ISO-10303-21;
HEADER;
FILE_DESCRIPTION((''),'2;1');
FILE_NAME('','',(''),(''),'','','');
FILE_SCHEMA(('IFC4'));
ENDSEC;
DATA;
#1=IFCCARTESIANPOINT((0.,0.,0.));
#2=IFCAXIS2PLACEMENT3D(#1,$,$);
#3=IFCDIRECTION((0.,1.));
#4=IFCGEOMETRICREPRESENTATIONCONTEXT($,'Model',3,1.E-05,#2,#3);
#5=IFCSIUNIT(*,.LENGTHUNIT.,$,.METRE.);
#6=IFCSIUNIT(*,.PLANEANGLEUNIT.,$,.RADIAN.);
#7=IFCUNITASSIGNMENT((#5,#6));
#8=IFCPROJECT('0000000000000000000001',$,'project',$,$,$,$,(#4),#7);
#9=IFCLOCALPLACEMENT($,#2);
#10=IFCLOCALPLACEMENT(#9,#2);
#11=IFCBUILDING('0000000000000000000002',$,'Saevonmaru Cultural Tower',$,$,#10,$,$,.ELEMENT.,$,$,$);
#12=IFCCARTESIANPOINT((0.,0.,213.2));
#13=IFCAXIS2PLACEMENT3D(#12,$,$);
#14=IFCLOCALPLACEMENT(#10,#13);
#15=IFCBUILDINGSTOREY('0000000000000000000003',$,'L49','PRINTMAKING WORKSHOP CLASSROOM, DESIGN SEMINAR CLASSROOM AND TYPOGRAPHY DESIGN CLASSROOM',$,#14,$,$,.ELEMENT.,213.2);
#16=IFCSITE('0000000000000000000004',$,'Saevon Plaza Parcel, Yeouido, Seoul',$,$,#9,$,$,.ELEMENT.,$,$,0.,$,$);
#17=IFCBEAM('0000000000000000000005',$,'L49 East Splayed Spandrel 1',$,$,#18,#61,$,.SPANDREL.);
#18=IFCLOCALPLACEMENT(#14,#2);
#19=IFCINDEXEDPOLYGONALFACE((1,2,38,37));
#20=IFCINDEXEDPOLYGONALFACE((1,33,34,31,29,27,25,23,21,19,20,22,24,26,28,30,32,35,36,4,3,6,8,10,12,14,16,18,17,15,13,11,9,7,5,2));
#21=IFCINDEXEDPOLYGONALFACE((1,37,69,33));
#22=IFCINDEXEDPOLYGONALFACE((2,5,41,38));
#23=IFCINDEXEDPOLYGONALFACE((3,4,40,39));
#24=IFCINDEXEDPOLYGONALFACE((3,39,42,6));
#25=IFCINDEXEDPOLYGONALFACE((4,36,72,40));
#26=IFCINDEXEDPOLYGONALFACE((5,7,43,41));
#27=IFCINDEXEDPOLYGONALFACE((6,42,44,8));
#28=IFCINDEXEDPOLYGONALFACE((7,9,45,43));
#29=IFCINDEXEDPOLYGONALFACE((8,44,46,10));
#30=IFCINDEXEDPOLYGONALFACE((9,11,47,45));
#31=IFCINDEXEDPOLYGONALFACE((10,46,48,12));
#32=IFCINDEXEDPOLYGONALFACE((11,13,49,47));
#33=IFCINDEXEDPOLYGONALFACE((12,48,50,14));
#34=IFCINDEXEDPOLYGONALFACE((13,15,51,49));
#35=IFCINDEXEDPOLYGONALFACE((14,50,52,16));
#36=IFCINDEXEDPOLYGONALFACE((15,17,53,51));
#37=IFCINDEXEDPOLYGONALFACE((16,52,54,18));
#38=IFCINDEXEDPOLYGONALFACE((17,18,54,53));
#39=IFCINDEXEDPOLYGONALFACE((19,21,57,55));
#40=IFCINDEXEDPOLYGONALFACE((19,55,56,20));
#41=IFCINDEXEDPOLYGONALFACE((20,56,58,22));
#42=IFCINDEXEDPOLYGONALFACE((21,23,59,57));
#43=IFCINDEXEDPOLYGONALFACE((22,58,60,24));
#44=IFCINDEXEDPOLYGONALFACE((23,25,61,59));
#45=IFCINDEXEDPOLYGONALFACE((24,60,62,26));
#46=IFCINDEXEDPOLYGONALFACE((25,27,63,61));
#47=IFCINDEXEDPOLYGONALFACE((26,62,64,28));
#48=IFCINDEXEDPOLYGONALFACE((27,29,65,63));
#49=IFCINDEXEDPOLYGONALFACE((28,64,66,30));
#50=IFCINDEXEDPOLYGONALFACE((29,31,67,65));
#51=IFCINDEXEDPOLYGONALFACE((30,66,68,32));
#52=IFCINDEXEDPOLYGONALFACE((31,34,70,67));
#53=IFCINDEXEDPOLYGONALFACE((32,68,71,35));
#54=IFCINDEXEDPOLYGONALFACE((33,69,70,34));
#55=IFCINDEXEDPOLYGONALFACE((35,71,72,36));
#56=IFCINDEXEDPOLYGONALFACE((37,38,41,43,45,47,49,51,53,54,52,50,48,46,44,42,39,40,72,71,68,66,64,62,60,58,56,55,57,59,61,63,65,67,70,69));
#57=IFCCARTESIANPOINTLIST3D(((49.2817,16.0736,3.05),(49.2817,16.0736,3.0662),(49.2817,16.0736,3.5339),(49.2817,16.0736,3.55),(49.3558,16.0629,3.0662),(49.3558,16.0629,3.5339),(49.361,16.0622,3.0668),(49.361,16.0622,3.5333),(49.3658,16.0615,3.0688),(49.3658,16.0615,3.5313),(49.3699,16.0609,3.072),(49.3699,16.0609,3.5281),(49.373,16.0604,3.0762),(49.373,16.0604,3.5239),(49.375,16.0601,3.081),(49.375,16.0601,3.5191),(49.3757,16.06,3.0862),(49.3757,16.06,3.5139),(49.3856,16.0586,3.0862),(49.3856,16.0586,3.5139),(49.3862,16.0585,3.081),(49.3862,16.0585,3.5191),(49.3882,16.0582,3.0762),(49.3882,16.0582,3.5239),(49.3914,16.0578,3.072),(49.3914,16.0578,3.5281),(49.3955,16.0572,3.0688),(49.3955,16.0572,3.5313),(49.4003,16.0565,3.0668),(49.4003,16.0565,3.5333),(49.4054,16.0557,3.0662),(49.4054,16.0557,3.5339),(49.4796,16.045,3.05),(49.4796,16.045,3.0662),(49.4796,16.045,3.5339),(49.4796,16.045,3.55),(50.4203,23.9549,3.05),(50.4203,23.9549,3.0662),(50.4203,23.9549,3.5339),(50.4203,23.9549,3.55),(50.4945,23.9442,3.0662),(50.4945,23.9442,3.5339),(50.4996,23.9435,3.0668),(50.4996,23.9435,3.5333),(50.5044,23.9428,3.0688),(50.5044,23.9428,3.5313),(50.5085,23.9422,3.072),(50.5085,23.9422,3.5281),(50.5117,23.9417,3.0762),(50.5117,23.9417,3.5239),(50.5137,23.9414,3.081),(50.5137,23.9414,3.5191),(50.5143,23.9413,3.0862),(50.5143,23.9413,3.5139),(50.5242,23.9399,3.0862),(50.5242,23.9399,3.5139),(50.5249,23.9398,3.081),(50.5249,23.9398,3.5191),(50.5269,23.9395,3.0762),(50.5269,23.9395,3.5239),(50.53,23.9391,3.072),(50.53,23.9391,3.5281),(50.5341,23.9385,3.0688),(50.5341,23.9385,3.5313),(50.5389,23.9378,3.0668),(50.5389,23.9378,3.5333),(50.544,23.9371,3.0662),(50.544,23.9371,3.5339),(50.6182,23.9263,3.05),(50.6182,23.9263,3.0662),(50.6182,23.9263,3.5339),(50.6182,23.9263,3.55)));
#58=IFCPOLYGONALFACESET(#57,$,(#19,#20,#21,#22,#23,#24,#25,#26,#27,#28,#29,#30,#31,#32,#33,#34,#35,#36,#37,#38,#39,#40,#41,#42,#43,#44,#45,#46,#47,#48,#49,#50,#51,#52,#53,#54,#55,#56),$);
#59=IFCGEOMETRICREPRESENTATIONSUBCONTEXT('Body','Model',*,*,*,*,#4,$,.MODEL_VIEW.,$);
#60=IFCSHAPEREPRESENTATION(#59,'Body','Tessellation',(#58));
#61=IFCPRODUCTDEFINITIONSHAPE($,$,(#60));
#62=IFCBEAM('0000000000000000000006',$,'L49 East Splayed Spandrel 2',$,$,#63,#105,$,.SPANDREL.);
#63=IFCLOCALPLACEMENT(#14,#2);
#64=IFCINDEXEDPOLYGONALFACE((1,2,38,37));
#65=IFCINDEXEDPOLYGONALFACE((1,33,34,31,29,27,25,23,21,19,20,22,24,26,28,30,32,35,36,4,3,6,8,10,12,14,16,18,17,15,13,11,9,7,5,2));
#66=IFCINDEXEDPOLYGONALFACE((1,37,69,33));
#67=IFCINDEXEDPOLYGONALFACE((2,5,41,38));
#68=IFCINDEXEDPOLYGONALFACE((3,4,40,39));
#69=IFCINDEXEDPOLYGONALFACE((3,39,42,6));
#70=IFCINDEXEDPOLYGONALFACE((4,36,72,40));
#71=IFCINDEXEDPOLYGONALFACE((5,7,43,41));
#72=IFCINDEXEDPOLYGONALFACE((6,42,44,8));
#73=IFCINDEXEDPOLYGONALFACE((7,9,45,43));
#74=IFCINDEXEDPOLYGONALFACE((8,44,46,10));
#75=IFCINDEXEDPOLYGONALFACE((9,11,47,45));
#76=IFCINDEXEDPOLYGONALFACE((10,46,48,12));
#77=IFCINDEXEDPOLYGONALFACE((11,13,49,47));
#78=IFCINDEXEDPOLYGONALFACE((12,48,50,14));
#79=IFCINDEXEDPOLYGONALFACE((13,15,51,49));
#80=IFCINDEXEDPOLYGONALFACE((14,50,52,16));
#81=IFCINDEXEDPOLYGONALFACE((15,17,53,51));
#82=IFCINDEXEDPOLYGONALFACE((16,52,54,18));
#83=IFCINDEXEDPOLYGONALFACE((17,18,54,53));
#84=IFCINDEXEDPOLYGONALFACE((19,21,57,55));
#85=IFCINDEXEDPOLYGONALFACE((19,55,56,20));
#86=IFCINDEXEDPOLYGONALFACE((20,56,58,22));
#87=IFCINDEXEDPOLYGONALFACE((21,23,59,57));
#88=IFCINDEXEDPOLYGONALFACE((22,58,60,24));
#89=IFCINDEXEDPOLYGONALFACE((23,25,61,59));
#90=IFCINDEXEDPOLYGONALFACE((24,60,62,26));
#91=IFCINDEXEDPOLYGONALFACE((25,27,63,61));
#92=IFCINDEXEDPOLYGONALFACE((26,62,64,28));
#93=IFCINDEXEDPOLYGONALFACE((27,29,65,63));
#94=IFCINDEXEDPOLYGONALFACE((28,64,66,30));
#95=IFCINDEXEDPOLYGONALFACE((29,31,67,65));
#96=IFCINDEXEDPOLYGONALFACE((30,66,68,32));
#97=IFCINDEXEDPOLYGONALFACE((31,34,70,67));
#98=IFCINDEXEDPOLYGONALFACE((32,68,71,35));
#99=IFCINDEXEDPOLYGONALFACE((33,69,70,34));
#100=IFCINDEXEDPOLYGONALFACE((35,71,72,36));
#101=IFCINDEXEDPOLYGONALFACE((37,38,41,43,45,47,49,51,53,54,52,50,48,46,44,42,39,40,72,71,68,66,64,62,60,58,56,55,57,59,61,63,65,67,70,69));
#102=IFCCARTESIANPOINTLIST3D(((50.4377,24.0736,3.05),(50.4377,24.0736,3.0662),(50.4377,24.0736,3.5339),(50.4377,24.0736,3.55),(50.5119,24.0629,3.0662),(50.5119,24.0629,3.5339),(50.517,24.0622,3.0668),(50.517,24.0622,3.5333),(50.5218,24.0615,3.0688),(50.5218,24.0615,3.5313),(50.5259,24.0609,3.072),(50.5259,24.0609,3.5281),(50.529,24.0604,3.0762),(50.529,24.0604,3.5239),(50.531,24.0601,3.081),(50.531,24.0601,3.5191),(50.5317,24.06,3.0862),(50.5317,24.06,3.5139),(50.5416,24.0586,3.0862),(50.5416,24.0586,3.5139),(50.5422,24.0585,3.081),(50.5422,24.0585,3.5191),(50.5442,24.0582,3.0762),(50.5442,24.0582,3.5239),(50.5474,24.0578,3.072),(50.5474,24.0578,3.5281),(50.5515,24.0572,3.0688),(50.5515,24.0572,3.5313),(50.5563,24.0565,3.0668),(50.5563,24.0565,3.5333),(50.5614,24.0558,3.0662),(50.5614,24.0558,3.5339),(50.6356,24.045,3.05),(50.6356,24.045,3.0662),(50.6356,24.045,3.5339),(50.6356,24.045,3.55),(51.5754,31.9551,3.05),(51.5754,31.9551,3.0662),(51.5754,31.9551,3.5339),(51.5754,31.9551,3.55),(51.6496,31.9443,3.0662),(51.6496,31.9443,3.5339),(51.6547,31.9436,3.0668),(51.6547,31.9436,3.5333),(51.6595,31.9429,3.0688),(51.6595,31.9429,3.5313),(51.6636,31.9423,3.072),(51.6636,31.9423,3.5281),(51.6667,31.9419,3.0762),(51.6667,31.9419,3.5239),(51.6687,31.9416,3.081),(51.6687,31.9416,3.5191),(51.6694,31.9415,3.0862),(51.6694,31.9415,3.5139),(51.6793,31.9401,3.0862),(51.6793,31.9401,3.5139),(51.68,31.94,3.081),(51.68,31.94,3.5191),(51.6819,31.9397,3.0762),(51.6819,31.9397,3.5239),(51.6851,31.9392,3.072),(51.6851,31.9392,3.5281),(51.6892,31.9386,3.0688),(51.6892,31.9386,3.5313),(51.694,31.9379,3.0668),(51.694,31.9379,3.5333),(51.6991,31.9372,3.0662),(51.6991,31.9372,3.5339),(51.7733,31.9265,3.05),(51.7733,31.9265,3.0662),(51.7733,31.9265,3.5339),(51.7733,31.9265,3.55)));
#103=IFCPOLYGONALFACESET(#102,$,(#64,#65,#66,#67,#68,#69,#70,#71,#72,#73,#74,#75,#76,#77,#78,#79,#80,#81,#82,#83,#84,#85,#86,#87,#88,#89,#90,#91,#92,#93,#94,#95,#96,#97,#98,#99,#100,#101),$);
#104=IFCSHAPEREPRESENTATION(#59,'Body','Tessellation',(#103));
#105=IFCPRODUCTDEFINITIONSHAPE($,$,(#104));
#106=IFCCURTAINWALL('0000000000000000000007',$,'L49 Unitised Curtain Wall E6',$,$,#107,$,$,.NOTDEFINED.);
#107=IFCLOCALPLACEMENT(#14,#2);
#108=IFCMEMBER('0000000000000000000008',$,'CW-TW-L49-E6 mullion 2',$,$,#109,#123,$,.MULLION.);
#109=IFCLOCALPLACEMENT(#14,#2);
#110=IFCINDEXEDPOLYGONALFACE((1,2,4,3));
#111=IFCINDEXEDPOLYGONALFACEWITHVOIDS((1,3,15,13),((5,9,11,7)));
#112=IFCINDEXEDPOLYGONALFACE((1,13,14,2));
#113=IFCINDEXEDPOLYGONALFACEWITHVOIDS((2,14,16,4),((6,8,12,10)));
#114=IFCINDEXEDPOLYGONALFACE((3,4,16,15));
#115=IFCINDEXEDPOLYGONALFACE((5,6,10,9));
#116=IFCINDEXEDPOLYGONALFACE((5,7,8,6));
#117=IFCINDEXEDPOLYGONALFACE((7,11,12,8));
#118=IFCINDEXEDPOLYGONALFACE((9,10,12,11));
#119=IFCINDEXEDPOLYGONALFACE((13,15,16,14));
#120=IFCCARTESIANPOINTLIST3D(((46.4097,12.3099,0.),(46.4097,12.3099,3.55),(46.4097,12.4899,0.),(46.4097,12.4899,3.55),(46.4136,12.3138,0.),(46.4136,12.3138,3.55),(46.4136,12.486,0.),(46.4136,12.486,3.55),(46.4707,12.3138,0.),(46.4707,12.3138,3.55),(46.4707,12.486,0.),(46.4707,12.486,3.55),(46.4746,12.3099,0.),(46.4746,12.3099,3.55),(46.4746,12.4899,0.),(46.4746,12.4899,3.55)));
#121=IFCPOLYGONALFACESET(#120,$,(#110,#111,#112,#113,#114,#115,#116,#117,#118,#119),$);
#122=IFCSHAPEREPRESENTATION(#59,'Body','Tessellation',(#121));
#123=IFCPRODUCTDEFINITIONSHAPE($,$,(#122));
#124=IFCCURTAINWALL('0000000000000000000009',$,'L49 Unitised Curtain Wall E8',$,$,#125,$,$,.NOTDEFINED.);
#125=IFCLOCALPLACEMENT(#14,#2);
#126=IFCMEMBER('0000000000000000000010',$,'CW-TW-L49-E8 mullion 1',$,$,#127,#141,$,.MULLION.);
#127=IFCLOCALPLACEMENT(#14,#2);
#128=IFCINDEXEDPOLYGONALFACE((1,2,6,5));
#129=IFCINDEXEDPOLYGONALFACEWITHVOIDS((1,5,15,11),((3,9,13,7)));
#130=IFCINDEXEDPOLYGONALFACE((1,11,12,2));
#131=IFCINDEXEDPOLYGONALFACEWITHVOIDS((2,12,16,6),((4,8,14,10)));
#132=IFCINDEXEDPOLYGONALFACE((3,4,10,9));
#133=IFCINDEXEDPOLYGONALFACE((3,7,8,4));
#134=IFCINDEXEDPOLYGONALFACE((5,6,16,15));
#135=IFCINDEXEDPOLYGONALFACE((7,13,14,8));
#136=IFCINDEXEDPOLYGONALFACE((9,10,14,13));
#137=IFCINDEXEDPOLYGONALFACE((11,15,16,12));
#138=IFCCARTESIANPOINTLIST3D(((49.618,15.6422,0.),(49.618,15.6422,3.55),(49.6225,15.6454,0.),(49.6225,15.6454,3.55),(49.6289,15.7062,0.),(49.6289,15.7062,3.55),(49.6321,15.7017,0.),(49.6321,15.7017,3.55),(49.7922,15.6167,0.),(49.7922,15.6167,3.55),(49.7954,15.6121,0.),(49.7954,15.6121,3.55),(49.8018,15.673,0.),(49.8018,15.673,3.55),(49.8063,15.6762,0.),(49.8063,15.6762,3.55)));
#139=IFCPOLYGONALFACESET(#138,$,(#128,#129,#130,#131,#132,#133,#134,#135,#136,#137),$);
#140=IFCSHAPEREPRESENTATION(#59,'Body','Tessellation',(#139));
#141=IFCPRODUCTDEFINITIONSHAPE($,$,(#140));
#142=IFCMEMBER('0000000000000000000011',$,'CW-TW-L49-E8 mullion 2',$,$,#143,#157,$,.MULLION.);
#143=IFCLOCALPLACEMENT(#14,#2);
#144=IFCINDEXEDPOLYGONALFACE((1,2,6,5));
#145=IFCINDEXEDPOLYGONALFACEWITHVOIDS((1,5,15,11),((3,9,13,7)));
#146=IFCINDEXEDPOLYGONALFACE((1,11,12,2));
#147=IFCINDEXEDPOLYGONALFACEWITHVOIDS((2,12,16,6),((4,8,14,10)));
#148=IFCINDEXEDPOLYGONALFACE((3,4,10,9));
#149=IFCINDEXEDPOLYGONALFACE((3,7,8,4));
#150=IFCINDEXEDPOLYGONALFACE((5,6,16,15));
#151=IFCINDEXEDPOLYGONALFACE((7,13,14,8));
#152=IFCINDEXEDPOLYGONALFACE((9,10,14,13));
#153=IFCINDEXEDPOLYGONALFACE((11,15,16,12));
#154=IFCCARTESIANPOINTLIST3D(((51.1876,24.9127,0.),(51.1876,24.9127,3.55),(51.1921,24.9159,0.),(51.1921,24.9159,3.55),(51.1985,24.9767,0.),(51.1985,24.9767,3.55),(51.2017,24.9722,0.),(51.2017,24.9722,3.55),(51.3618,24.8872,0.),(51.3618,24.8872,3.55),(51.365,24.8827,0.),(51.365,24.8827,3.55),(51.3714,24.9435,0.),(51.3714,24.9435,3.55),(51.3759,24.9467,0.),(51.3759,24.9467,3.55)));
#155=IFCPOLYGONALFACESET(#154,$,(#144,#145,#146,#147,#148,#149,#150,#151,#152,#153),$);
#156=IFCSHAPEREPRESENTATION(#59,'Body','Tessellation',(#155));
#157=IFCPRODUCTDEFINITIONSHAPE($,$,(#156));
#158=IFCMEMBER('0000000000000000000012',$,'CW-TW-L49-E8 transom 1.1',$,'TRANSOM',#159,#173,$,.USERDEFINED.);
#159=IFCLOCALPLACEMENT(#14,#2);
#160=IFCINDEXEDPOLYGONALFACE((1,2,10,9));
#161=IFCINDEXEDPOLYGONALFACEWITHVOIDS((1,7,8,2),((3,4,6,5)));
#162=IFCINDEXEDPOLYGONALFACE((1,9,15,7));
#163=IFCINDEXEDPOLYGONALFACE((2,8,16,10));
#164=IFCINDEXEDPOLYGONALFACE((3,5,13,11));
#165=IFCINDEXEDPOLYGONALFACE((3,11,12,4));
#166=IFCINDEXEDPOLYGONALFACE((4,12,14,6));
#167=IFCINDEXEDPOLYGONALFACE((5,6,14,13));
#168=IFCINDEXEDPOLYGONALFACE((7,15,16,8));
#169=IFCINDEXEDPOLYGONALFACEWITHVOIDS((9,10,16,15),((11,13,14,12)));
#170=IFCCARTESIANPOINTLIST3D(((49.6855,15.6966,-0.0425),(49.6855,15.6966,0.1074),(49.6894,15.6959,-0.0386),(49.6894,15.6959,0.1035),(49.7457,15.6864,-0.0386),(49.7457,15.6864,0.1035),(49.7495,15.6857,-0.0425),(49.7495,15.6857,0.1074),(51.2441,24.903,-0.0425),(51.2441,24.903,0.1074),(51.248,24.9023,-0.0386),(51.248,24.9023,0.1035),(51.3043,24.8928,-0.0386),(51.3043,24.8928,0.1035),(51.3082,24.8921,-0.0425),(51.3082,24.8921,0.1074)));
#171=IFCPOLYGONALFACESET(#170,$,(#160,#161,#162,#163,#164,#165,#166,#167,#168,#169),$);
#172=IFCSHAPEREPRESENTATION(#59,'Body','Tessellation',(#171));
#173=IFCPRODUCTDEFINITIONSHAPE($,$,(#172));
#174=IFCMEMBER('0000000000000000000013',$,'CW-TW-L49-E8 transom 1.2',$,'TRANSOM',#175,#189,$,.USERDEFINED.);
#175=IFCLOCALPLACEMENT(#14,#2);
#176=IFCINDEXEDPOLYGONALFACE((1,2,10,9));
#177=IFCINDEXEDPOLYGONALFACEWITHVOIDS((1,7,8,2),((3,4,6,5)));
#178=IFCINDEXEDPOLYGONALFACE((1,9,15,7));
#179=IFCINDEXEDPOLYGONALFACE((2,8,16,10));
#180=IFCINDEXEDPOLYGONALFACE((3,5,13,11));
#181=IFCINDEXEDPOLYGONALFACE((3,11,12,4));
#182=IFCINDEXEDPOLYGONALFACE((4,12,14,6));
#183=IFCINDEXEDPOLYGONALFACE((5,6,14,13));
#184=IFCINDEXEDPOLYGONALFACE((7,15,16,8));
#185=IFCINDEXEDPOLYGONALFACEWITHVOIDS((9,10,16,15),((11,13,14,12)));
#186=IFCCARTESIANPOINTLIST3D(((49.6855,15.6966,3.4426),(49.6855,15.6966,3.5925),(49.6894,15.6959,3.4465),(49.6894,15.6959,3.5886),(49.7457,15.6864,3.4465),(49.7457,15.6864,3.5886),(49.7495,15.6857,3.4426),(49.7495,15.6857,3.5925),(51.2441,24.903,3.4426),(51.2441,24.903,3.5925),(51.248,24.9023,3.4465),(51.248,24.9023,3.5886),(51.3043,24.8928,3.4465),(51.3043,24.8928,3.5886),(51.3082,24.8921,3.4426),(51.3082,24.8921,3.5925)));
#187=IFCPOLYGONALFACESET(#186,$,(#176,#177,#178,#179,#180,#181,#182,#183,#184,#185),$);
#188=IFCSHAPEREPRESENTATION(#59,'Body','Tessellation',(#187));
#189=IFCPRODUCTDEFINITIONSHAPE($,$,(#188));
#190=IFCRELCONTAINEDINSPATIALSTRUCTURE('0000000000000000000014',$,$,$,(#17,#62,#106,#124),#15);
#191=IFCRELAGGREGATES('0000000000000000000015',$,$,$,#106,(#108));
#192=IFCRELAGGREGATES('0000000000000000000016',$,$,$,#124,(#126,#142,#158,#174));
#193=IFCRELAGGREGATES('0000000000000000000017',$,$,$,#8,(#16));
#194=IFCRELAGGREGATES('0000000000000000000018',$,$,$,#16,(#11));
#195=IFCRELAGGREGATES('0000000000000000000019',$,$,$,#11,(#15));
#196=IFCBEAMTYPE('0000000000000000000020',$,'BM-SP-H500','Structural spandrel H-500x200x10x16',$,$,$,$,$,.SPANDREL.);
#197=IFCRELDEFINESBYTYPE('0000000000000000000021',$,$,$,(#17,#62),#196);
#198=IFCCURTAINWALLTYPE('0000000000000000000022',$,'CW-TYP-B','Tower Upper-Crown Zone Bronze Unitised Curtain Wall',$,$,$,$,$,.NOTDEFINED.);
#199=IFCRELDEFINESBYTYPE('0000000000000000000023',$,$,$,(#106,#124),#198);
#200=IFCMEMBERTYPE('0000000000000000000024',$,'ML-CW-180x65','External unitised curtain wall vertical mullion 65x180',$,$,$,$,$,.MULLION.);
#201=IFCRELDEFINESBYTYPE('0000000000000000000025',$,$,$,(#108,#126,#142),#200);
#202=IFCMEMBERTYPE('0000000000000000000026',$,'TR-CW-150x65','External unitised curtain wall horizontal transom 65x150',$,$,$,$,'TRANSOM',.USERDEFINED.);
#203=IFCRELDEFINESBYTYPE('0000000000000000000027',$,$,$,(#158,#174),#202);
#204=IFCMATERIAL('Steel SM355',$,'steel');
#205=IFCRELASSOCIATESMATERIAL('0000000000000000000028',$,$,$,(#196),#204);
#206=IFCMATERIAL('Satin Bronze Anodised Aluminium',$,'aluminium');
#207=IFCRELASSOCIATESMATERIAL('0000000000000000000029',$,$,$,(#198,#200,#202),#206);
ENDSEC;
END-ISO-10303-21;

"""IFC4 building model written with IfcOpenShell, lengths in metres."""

from ifc_helpers import new_model, si_unit, direction, frame, origin, origin_2d, place, context, subcontext, project, spatial, hollow_rectangle, i_section, extrude, material, material_profile, profile_set, type_object, element, aggregate, save


model = new_model("IFC4")

# Units and contexts
model_context = context("Model", 3, precision=1e-05, world=origin(), true_north=direction((0.0, 1.0)))
body_context = subcontext(model_context, "Body", "Model", "MODEL_VIEW")
ifc_project = project(units=[si_unit("LENGTHUNIT", "METRE"), si_unit("PLANEANGLEUNIT", "RADIAN")], contexts=[model_context])

# Site, building, storey
site_placement = place(None, origin())
site = spatial("IfcSite", under=ifc_project, at=site_placement, Name="Saevon Plaza Parcel, Yeouido, Seoul", CompositionType="ELEMENT", RefElevation=0.0)
building_placement = place(site_placement, origin())
building = spatial("IfcBuilding", under=site, at=building_placement, Name="Saevonmaru Cultural Tower", CompositionType="ELEMENT")
storey_placement = place(building_placement, frame((0.0, 0.0, 213.2)))
storey = spatial("IfcBuildingStorey", under=building, at=storey_placement, Name="L49", Description="PRINTMAKING WORKSHOP CLASSROOM, DESIGN SEMINAR CLASSROOM AND TYPOGRAPHY DESIGN CLASSROOM", CompositionType="ELEMENT", Elevation=213.2)

# Shared definitions
ifc_material_1 = material(Name="Steel SM355", Category="steel")

# Beams
ifc_material_profile_1 = material_profile(ifc_material_1, i_section(OverallWidth=0.2, OverallDepth=0.5, WebThickness=0.01, FlangeThickness=0.0161, FilletRadius=0.02, at=origin_2d()), Name="H-500x200x10x16")
ifc_profile_set_1 = profile_set([ifc_material_profile_1], Name="Steel SM355")
beam_type_1 = type_object("IfcBeamType", Name="BM-SP-H500", Description="Structural spandrel H-500x200x10x16", PredefinedType="SPANDREL", material=ifc_profile_set_1)
for number, where, z_axis, x_axis, name in (
    (1, (49.3806, 16.0593, 3.3), (0.142992, 0.989724, 0.0), (-0.989724, 0.142992, 0.0), "L49 East Splayed Spandrel 1"),
    (2, (50.5366, 24.0593, 3.3), (0.142872, 0.989741, 0.0), (-0.989741, 0.142872, 0.0), "L49 East Splayed Spandrel 2"),
):
    element("IfcBeam", number, at=place(storey_placement, frame(where, z_axis=z_axis, x_axis=x_axis)), inside=storey, type_object=beam_type_1, Name=name, PredefinedType="SPANDREL", context=body_context, shape_type="SweptSolid", body=[
        extrude(i_section(OverallWidth=0.2, OverallDepth=0.5, WebThickness=0.01, FlangeThickness=0.0161, FilletRadius=0.02, at=origin_2d()), origin(), (0.0, 0.0, 1.0), 7.9631),
    ])

# Curtain wall, member
ifc_material_2 = material(Name="Satin Bronze Anodised Aluminium", Category="aluminium")
curtain_wall_type = type_object("IfcCurtainWallType", Name="CW-TYP-B", Description="Tower Upper-Crown Zone Bronze Unitised Curtain Wall", PredefinedType="NOTDEFINED", material=ifc_material_2)
curtain_wall_1_placement = place(storey_placement, origin())
curtain_wall_1 = element("IfcCurtainWall", 3, at=curtain_wall_1_placement, inside=storey, type_object=curtain_wall_type, Name="L49 Unitised Curtain Wall E6", PredefinedType="NOTDEFINED")
ifc_material_profile_2 = material_profile(ifc_material_2, hollow_rectangle(XDim=0.0649, YDim=0.1799, WallThickness=0.0039, at=origin_2d()), Name="ALU-MULL-180x65x4")
ifc_profile_set_2 = profile_set([ifc_material_profile_2], Name="Satin Bronze Anodised Aluminium")
member_type_1 = type_object("IfcMemberType", Name="ML-CW-180x65", Description="External unitised curtain wall vertical mullion 65x180", PredefinedType="MULLION", material=ifc_profile_set_2)
member_1_placement = place(storey_placement, frame((46.4421, 12.3999, 0.0), z_axis=(0.0, 0.0, 1.0), x_axis=(1.0, 0.0, 0.0)))
member_1 = element("IfcMember", 4, at=member_1_placement, type_object=member_type_1, Name="CW-TW-L49-E6 mullion 2", PredefinedType="MULLION", context=body_context, shape_type="SweptSolid", body=[
    extrude(hollow_rectangle(XDim=0.0649, YDim=0.1799, WallThickness=0.0039, at=origin_2d()), origin(), (0.0, 0.0, 1.0), 3.55),
])

# Curtain wall, members
curtain_wall_2_placement = place(storey_placement, origin())
curtain_wall_2 = element("IfcCurtainWall", 5, at=curtain_wall_2_placement, inside=storey, type_object=curtain_wall_type, Name="L49 Unitised Curtain Wall E8", PredefinedType="NOTDEFINED")
member_2_placement = place(storey_placement, frame((49.7122, 15.6592, 0.0), z_axis=(0.0, 0.0, 1.0), x_axis=(0.166922, 0.98597, 0.0)))
member_2 = element("IfcMember", 6, at=member_2_placement, type_object=member_type_1, Name="CW-TW-L49-E8 mullion 1", PredefinedType="MULLION", context=body_context, shape_type="SweptSolid", body=[
    extrude(hollow_rectangle(XDim=0.0649, YDim=0.1799, WallThickness=0.0039, at=origin_2d()), origin(), (0.0, 0.0, 1.0), 3.55),
])
member_3_placement = place(storey_placement, frame((51.2817, 24.9297, 0.0), z_axis=(0.0, 0.0, 1.0), x_axis=(0.166922, 0.98597, 0.0)))
member_3 = element("IfcMember", 7, at=member_3_placement, type_object=member_type_1, Name="CW-TW-L49-E8 mullion 2", PredefinedType="MULLION", context=body_context, shape_type="SweptSolid", body=[
    extrude(hollow_rectangle(XDim=0.0649, YDim=0.1799, WallThickness=0.0039, at=origin_2d()), origin(), (0.0, 0.0, 1.0), 3.55),
])
ifc_material_profile_3 = material_profile(ifc_material_2, hollow_rectangle(XDim=0.0649, YDim=0.1499, WallThickness=0.0039, at=origin_2d()), Name="ALU-TRAN-150x65x4")
ifc_profile_set_3 = profile_set([ifc_material_profile_3], Name="Satin Bronze Anodised Aluminium")
member_type_2 = type_object("IfcMemberType", Name="TR-CW-150x65", Description="External unitised curtain wall horizontal transom 65x150", ElementType="TRANSOM", PredefinedType="USERDEFINED", material=ifc_profile_set_3)
member_4_placement = place(storey_placement, frame((49.7175, 15.6912, 0.0325), z_axis=(0.166921, 0.98597, 0.0), x_axis=(-0.98597, 0.166921, 0.0)))
member_4 = element("IfcMember", 8, at=member_4_placement, type_object=member_type_2, Name="CW-TW-L49-E8 transom 1.1", ObjectType="TRANSOM", PredefinedType="USERDEFINED", context=body_context, shape_type="SweptSolid", body=[
    extrude(hollow_rectangle(XDim=0.0649, YDim=0.1499, WallThickness=0.0039, at=origin_2d()), origin(), (0.0, 0.0, 1.0), 9.3374),
])
member_5_placement = place(storey_placement, frame((49.7175, 15.6912, 3.5176), z_axis=(0.166921, 0.98597, 0.0), x_axis=(-0.98597, 0.166921, 0.0)))
member_5 = element("IfcMember", 9, at=member_5_placement, type_object=member_type_2, Name="CW-TW-L49-E8 transom 1.2", ObjectType="TRANSOM", PredefinedType="USERDEFINED", context=body_context, shape_type="SweptSolid", body=[
    extrude(hollow_rectangle(XDim=0.0649, YDim=0.1499, WallThickness=0.0039, at=origin_2d()), origin(), (0.0, 0.0, 1.0), 9.3374),
])

aggregate(curtain_wall_1, [member_1])
aggregate(curtain_wall_2, [member_2, member_3, member_4, member_5])

save(model, "model.ifc")
